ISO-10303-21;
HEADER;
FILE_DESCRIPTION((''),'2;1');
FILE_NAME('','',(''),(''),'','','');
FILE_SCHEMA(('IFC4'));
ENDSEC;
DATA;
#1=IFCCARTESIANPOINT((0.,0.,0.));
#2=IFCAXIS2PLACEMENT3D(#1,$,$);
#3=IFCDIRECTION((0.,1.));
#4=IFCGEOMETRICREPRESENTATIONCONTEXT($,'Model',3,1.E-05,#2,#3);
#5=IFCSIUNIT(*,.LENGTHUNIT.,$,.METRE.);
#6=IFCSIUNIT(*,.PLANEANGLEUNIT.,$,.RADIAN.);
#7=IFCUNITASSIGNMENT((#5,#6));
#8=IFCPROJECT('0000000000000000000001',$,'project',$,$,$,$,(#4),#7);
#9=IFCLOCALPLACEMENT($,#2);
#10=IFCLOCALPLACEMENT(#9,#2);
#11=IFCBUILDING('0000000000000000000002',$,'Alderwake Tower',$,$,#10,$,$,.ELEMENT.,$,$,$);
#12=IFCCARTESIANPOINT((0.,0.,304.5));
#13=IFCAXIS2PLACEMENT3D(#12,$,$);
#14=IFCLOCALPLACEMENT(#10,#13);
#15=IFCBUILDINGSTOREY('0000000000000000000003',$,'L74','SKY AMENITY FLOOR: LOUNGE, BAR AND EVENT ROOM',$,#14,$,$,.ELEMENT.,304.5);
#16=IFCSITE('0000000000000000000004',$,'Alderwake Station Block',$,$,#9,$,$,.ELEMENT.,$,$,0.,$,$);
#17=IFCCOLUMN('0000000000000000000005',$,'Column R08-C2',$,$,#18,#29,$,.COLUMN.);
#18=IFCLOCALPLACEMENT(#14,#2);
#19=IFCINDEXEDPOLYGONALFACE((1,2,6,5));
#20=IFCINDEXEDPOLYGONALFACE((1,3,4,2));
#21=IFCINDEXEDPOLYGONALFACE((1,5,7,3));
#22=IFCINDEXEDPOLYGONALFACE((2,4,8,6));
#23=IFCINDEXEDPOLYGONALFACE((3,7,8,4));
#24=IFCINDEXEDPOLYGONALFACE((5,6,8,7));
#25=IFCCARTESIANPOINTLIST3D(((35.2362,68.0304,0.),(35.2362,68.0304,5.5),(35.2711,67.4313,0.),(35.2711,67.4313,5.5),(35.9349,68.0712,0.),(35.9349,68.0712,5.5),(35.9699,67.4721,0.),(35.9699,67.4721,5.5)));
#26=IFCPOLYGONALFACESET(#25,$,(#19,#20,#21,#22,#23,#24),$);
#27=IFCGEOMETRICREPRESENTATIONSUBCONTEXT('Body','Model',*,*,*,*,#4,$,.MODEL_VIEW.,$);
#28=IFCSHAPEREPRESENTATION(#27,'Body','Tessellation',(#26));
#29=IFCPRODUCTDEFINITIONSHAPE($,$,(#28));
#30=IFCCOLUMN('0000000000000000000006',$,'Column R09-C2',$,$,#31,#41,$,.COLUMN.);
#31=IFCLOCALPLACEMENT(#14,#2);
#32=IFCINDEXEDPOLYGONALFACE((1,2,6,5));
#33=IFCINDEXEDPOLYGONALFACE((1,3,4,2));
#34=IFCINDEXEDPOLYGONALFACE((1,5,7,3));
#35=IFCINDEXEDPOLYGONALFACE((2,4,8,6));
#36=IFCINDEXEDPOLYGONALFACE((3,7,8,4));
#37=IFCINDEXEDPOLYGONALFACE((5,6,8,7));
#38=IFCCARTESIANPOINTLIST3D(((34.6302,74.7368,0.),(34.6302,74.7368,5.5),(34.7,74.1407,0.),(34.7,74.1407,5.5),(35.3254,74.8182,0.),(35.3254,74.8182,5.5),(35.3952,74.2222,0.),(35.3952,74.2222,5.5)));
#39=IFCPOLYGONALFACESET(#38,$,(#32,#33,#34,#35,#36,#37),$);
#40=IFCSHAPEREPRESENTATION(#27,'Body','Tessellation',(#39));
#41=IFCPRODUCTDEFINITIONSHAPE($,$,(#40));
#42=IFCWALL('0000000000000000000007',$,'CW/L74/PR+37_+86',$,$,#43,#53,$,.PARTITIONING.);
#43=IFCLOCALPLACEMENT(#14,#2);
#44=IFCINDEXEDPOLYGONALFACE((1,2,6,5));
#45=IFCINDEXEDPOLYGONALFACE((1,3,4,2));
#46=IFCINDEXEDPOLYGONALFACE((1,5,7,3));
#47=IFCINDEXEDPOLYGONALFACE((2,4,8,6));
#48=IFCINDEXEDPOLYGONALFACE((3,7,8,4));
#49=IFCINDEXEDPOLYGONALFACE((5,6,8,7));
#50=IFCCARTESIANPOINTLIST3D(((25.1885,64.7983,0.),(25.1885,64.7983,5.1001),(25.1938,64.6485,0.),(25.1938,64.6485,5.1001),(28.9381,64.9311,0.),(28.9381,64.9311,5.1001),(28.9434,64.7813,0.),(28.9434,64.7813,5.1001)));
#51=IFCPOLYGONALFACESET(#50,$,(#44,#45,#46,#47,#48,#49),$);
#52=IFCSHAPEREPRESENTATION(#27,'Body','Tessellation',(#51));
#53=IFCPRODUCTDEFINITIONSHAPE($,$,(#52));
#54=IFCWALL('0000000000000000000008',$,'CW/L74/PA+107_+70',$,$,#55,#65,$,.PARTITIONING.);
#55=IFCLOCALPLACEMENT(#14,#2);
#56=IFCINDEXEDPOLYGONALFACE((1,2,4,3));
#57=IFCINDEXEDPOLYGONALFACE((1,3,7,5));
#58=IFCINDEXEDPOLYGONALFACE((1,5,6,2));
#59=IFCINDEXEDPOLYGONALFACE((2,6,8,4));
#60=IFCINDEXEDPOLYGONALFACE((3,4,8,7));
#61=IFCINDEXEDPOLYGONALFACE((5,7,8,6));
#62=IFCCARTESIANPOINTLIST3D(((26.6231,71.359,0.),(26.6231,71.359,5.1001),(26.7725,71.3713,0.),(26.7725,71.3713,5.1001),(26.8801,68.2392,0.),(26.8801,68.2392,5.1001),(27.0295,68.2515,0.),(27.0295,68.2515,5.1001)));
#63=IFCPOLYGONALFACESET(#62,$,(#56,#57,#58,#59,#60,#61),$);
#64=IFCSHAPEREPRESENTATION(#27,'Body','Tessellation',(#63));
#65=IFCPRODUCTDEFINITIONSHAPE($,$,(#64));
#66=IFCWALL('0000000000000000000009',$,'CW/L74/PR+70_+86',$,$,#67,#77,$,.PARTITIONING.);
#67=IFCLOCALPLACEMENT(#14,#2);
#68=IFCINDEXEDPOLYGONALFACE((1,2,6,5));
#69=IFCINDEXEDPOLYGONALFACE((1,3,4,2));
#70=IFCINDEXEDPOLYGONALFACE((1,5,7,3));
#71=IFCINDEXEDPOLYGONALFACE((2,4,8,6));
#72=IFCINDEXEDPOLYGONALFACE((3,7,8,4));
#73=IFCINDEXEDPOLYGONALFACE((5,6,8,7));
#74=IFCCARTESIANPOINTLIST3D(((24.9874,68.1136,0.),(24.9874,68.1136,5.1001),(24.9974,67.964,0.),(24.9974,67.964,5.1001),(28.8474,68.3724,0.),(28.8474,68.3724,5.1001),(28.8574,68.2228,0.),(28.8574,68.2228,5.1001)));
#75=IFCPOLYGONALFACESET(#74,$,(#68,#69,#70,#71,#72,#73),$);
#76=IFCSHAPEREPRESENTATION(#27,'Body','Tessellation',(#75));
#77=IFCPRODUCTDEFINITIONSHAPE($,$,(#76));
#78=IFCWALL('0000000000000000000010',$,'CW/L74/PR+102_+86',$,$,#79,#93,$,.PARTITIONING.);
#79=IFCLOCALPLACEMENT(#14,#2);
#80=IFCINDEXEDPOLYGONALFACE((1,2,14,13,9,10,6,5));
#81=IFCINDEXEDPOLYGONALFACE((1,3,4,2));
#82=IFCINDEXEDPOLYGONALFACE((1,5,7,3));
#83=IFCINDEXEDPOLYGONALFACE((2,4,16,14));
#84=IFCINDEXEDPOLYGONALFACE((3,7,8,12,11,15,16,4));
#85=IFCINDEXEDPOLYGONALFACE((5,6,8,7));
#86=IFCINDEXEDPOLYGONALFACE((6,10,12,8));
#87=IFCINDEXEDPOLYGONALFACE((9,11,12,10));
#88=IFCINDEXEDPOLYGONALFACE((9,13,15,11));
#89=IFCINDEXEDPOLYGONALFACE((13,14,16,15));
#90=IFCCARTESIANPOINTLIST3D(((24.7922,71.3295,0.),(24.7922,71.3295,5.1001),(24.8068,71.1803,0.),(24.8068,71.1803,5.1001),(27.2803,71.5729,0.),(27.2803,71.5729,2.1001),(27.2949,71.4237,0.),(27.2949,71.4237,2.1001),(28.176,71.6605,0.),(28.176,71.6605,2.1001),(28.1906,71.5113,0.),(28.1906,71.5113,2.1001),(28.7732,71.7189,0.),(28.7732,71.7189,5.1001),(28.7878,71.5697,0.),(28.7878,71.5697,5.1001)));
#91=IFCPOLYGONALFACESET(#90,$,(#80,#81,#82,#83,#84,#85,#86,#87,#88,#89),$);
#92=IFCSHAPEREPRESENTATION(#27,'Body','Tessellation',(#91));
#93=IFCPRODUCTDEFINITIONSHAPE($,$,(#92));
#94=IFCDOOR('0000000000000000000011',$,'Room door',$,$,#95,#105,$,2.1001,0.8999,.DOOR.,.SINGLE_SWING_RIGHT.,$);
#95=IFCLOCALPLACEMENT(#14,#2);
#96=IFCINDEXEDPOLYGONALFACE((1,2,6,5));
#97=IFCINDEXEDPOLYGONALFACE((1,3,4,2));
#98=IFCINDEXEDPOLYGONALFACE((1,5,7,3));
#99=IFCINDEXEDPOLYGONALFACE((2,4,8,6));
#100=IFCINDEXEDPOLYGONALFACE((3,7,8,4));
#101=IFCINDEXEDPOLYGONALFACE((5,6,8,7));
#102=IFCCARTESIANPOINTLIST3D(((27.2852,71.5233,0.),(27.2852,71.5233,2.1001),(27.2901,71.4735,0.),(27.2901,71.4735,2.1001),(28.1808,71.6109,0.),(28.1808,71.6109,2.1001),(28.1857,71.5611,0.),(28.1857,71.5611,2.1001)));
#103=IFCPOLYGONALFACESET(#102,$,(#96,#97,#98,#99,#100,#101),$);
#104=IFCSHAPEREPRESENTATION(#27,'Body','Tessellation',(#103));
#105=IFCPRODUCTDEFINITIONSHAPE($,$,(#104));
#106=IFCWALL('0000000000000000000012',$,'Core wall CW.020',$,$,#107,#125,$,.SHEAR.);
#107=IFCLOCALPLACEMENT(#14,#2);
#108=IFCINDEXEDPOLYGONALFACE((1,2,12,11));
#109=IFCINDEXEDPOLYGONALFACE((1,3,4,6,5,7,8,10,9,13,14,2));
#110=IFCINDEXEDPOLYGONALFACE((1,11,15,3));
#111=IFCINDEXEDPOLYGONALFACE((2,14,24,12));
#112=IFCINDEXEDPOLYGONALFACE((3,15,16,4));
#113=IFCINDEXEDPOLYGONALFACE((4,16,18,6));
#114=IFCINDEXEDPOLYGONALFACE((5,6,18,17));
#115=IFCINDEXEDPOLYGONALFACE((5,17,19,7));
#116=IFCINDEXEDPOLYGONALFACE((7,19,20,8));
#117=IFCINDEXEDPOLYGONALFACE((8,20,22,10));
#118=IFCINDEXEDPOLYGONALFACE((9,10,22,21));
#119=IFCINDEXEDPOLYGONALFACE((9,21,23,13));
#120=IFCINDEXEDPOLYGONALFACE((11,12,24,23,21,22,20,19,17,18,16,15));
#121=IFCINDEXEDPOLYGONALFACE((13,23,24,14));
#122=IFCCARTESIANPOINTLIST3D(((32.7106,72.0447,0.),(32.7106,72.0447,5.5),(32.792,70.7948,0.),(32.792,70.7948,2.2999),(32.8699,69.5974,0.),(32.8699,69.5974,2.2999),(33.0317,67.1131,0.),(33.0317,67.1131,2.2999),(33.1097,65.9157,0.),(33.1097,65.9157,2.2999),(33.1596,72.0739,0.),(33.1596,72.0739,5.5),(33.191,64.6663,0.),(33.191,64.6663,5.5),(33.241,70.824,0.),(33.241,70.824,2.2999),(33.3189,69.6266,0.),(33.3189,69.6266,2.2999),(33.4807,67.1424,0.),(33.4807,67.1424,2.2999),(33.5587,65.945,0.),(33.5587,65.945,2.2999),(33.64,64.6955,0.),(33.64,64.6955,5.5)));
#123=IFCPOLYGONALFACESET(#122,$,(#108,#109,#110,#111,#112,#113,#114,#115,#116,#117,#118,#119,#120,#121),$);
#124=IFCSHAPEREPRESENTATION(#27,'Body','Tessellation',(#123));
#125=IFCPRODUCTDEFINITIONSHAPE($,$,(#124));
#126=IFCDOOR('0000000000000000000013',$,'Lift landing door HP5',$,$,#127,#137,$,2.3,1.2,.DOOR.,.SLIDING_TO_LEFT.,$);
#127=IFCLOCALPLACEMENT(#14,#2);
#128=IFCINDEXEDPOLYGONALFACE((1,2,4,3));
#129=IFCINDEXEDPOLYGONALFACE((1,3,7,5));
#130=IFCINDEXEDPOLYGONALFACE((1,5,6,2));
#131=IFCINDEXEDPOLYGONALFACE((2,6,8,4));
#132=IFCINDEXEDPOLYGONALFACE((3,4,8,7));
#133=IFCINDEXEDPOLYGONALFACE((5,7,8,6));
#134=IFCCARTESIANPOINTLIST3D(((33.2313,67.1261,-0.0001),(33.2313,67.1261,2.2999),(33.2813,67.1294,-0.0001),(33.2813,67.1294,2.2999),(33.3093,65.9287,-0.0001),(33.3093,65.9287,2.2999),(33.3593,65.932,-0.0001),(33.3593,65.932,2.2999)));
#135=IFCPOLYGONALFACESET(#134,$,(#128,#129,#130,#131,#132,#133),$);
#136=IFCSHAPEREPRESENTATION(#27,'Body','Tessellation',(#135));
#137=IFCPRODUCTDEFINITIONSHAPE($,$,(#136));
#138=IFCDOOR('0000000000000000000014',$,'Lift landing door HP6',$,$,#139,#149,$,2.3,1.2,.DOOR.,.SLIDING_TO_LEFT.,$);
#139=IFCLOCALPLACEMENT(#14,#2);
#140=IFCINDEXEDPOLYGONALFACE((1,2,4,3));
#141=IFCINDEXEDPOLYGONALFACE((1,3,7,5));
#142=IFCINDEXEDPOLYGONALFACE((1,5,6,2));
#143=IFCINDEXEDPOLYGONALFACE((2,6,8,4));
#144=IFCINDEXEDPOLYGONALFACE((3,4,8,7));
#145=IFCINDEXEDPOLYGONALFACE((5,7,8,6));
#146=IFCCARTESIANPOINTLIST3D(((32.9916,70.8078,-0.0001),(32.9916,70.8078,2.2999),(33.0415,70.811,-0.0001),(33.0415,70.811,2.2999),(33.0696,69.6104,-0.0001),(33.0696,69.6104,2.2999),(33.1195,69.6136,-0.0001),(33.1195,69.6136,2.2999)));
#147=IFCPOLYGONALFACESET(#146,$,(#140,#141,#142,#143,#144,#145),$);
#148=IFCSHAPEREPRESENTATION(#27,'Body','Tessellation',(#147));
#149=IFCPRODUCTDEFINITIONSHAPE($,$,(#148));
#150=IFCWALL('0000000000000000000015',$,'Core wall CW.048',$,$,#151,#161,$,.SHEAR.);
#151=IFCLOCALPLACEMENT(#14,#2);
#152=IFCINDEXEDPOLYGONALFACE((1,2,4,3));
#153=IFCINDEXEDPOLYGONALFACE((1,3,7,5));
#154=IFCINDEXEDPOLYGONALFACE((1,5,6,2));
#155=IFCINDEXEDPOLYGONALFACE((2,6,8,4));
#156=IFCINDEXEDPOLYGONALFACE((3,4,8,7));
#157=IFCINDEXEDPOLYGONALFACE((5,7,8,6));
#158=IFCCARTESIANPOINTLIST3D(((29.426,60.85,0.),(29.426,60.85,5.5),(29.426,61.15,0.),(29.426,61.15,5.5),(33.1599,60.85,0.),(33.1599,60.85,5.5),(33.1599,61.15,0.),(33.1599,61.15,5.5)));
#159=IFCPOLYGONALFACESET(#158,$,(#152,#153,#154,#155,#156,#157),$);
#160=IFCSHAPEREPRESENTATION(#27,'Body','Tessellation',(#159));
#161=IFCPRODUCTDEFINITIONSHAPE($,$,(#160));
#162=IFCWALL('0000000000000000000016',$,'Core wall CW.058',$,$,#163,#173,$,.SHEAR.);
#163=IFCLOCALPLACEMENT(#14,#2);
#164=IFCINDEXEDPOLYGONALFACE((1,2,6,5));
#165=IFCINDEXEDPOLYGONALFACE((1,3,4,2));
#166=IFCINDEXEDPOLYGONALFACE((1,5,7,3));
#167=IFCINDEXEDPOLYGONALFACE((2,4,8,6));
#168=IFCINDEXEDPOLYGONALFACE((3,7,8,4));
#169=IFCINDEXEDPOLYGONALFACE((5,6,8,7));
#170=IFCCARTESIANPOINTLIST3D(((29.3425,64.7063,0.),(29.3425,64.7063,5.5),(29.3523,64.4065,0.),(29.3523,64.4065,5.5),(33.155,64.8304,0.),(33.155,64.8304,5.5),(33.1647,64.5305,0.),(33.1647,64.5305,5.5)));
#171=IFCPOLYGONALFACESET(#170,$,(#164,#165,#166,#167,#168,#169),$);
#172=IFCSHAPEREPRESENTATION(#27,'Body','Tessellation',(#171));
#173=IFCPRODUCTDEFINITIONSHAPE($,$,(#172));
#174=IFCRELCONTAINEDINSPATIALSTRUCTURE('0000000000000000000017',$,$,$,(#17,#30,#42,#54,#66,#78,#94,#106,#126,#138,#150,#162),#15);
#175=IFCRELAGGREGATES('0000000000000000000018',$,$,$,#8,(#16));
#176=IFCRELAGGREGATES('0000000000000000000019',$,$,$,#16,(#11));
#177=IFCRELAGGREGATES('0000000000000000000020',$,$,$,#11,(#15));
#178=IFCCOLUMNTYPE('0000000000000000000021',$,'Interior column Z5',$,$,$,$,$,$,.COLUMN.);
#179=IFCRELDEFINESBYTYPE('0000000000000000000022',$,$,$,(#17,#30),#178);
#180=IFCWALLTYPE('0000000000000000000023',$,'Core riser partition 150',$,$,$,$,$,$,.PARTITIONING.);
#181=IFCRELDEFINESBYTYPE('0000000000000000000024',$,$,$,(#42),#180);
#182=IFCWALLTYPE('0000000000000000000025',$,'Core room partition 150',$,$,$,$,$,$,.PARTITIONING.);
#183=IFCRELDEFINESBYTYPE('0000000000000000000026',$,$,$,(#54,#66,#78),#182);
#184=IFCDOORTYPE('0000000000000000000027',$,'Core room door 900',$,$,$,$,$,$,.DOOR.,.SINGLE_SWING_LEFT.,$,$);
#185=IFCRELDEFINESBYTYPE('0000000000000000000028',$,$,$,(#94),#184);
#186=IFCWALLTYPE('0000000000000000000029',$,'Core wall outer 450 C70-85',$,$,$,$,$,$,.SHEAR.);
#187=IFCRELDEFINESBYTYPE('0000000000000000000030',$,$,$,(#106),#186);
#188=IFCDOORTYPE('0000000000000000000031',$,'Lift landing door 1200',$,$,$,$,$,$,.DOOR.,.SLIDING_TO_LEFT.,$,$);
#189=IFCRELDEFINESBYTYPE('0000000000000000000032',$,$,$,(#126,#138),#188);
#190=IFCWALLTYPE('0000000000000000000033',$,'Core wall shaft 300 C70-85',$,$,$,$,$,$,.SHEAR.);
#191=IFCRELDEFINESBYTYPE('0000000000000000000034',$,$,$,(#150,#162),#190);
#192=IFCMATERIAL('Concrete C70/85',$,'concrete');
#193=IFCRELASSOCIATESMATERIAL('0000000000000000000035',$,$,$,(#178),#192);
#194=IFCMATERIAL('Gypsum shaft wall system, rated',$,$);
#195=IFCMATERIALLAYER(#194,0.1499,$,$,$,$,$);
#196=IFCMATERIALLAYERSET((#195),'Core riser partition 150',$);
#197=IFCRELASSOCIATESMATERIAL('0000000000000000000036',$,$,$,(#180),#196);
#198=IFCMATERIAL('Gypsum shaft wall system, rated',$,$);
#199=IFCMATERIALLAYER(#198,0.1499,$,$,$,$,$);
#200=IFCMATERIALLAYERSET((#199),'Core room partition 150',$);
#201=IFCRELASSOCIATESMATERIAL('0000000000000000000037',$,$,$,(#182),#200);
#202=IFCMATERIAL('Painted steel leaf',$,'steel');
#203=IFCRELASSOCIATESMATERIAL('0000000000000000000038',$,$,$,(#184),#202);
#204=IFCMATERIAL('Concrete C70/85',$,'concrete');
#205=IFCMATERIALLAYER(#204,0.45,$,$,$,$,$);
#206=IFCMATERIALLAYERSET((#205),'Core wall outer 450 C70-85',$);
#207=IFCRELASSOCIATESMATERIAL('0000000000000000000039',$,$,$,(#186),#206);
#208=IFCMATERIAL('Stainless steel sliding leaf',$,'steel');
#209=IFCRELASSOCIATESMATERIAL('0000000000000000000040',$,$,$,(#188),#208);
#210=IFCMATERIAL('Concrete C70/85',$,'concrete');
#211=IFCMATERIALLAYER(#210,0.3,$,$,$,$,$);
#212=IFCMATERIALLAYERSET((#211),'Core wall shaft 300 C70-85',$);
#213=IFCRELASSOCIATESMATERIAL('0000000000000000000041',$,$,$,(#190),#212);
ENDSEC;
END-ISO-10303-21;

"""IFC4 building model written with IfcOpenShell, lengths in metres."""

from ifc_helpers import new_model, si_unit, direction, frame, frame_2d, origin, origin_2d, place, context, subcontext, project, spatial, rectangle, extrude, material, layer, layer_set, material_profile, profile_set, type_object, element, fill, save


model = new_model("IFC4")

# Units and contexts
model_context = context("Model", 3, precision=1e-05, world=origin(), true_north=direction((0.0, 1.0)))
body_context = subcontext(model_context, "Body", "Model", "MODEL_VIEW")
ifc_project = project(units=[si_unit("LENGTHUNIT", "METRE"), si_unit("PLANEANGLEUNIT", "RADIAN")], contexts=[model_context])

# Site, building, storey
site_placement = place(None, origin())
site = spatial("IfcSite", under=ifc_project, at=site_placement, Name="Alderwake Station Block", CompositionType="ELEMENT", RefElevation=0.0)
building_placement = place(site_placement, origin())
building = spatial("IfcBuilding", under=site, at=building_placement, Name="Alderwake Tower", CompositionType="ELEMENT")
storey_placement = place(building_placement, frame((0.0, 0.0, 304.5)))
storey = spatial("IfcBuildingStorey", under=building, at=storey_placement, Name="L74", Description="SKY AMENITY FLOOR: LOUNGE, BAR AND EVENT ROOM", CompositionType="ELEMENT", Elevation=304.5)

# Columns
ifc_material_1 = material(Name="Concrete C70/85", Category="concrete")
ifc_material_profile = material_profile(ifc_material_1, rectangle(XDim=0.6001, YDim=0.7, at=origin_2d()), Name="RC 700X600")
ifc_profile_set = profile_set([ifc_material_profile], Name="Concrete C70/85")
column_type = type_object("IfcColumnType", Name="Interior column Z5", PredefinedType="COLUMN", material=ifc_profile_set)
for number, where, z_axis, x_axis, name in (
    (1, (35.603, 67.7512, 0.0), (0.0, 0.0, 1.0), (-0.058301, 0.998299, 0.0), "Column R08-C2"),
    (2, (35.0127, 74.4795, 0.0), (0.0, 0.0, 1.0), (-0.116402, 0.993202, 0.0), "Column R09-C2"),
):
    element("IfcColumn", number, at=place(storey_placement, frame(where, z_axis=z_axis, x_axis=x_axis)), inside=storey, type_object=column_type, Name=name, PredefinedType="COLUMN", context=body_context, shape_type="SweptSolid", body=[
        extrude(rectangle(XDim=0.6001, YDim=0.7, at=origin_2d()), origin(), (0.0, 0.0, 1.0), 5.5),
    ])

# Walls
ifc_material_2 = material(Name="Gypsum shaft wall system, rated")
ifc_layer_1 = layer(ifc_material_2, 0.1499)
ifc_layer_set_1 = layer_set([ifc_layer_1], Name="Core riser partition 150")
wall_type_1 = type_object("IfcWallType", Name="Core riser partition 150", PredefinedType="PARTITIONING", material=ifc_layer_set_1)
wall_1_placement = place(storey_placement, frame((25.1912, 64.7234, 0.0), z_axis=(0.0, 0.0, 1.0), x_axis=(0.999373, 0.035399, 0.0)))
element("IfcWall", 3, at=wall_1_placement, inside=storey, type_object=wall_type_1, Name="CW/L74/PR+37_+86", PredefinedType="PARTITIONING", context=body_context, shape_type="SweptSolid", body=[
    extrude(rectangle(XDim=3.752, YDim=0.1499, at=frame_2d((1.876, 0.0))), origin(), (0.0, 0.0, 1.0), 5.1001),
])
ifc_material_3 = material(Name="Gypsum shaft wall system, rated")
ifc_layer_2 = layer(ifc_material_3, 0.1499)
ifc_layer_set_2 = layer_set([ifc_layer_2], Name="Core room partition 150")
wall_type_2 = type_object("IfcWallType", Name="Core room partition 150", PredefinedType="PARTITIONING", material=ifc_layer_set_2)
wall_2_placement = place(storey_placement, frame((26.9548, 68.2454, 0.0), z_axis=(0.0, 0.0, 1.0), x_axis=(-0.082122, 0.996622, 0.0)))
element("IfcWall", 4, at=wall_2_placement, inside=storey, type_object=wall_type_2, Name="CW/L74/PA+107_+70", PredefinedType="PARTITIONING", context=body_context, shape_type="SweptSolid", body=[
    extrude(rectangle(XDim=3.1304, YDim=0.1499, at=frame_2d((1.5652, 0.0))), origin(), (0.0, 0.0, 1.0), 5.1001),
])
wall_3_placement = place(storey_placement, frame((24.9924, 68.0388, 0.0), z_axis=(0.0, 0.0, 1.0), x_axis=(0.99776, 0.066892, 0.0)))
element("IfcWall", 5, at=wall_3_placement, inside=storey, type_object=wall_type_2, Name="CW/L74/PR+70_+86", PredefinedType="PARTITIONING", context=body_context, shape_type="SweptSolid", body=[
    extrude(rectangle(XDim=3.8687, YDim=0.1499, at=frame_2d((1.9343, 0.0))), origin(), (0.0, 0.0, 1.0), 5.1001),
])

# Wall, opening, door
wall_4_placement = place(storey_placement, frame((28.7805, 71.6443, 0.0), z_axis=(0.0, 0.0, 1.0), x_axis=(-0.99525, -0.097352, 0.0)))
wall_4 = element("IfcWall", 6, at=wall_4_placement, inside=storey, type_object=wall_type_2, Name="CW/L74/PR+102_+86", PredefinedType="PARTITIONING", context=body_context, shape_type="SweptSolid", body=[
    extrude(rectangle(XDim=4.0, YDim=0.1499, at=frame_2d((2.0, 0.0))), origin(), (0.0, 0.0, 1.0), 5.1001),
])
opening_1_placement = place(wall_4_placement, frame((0.6001, 0.0, 0.0)))
opening_1 = element("IfcOpeningElement", 7, at=opening_1_placement, cuts=wall_4, PredefinedType="OPENING", context=body_context, shape_type="SweptSolid", body=[
    extrude(rectangle(XDim=0.8999, YDim=2.1001, at=frame_2d((0.45, 1.05))), frame((0.0, 0.085, 0.0), z_axis=(0.0, -1.0, 0.0), x_axis=(1.0, 0.0, 0.0)), (0.0, 0.0, 1.0), 0.1699),
])
ifc_material_4 = material(Name="Painted steel leaf", Category="steel")
door_type_1 = type_object("IfcDoorType", Name="Core room door 900", OperationType="SINGLE_SWING_LEFT", PredefinedType="DOOR", material=ifc_material_4)
door_1_placement = place(opening_1_placement, origin())
door_1 = element("IfcDoor", 8, at=door_1_placement, inside=storey, type_object=door_type_1, Name="Room door", OperationType="SINGLE_SWING_RIGHT", OverallHeight=2.1001, OverallWidth=0.8999, PredefinedType="DOOR", context=body_context, shape_type="SweptSolid", body=[
    extrude(rectangle(XDim=0.8999, YDim=2.1001, at=frame_2d((0.45, 1.05))), frame((0.0, 0.0249, 0.0), z_axis=(0.0, -1.0, 0.0), x_axis=(1.0, 0.0, 0.0)), (0.0, 0.0, 1.0), 0.05),
])
fill(opening_1, door_1)

# Wall, openings, doors
ifc_material_5 = material(Name="Concrete C70/85", Category="concrete")
ifc_layer_3 = layer(ifc_material_5, 0.45)
ifc_layer_set_3 = layer_set([ifc_layer_3], Name="Core wall outer 450 C70-85")
wall_type_3 = type_object("IfcWallType", Name="Core wall outer 450 C70-85", PredefinedType="SHEAR", material=ifc_layer_set_3)
wall_5_placement = place(storey_placement, frame((33.4155, 64.6809, 0.0), z_axis=(0.0, 0.0, 1.0), x_axis=(-0.064981, 0.997887, 0.0)))
wall_5 = element("IfcWall", 9, at=wall_5_placement, inside=storey, type_object=wall_type_3, Name="Core wall CW.020", PredefinedType="SHEAR", context=body_context, shape_type="SweptSolid", body=[
    extrude(rectangle(XDim=7.394, YDim=0.45, at=frame_2d((3.697, 0.0))), origin(), (0.0, 0.0, 1.0), 5.5),
])
opening_2_placement = place(wall_5_placement, frame((1.252, 0.0, 0.0)))
opening_2 = element("IfcOpeningElement", 10, at=opening_2_placement, cuts=wall_5, PredefinedType="OPENING", context=body_context, shape_type="SweptSolid", body=[
    extrude(rectangle(XDim=1.2, YDim=2.3, at=frame_2d((0.6001, 1.1499))), frame((0.0, 0.2349, 0.0), z_axis=(0.0, -1.0, 0.0), x_axis=(1.0, 0.0, 0.0)), (0.0, 0.0, 1.0), 0.47),
])
opening_3_placement = place(wall_5_placement, frame((4.9414, 0.0, 0.0)))
opening_3 = element("IfcOpeningElement", 11, at=opening_3_placement, cuts=wall_5, PredefinedType="OPENING", context=body_context, shape_type="SweptSolid", body=[
    extrude(rectangle(XDim=1.2, YDim=2.3, at=frame_2d((0.6001, 1.1499))), frame((0.0, 0.2349, 0.0), z_axis=(0.0, -1.0, 0.0), x_axis=(1.0, 0.0, 0.0)), (0.0, 0.0, 1.0), 0.47),
])
ifc_material_6 = material(Name="Stainless steel sliding leaf", Category="steel")
door_type_2 = type_object("IfcDoorType", Name="Lift landing door 1200", OperationType="SLIDING_TO_LEFT", PredefinedType="DOOR", material=ifc_material_6)
door_2_placement = place(opening_2_placement, origin())
door_2 = element("IfcDoor", 12, at=door_2_placement, inside=storey, type_object=door_type_2, Name="Lift landing door HP5", OperationType="SLIDING_TO_LEFT", OverallHeight=2.3, OverallWidth=1.2, PredefinedType="DOOR", context=body_context, shape_type="SweptSolid", body=[
    extrude(rectangle(XDim=1.2, YDim=2.3, at=frame_2d((0.6001, 1.1499))), frame((0.0, 0.0249, 0.0), z_axis=(0.0, -1.0, 0.0), x_axis=(1.0, 0.0, 0.0)), (0.0, 0.0, 1.0), 0.05),
])
fill(opening_2, door_2)
door_3_placement = place(opening_3_placement, origin())
door_3 = element("IfcDoor", 13, at=door_3_placement, inside=storey, type_object=door_type_2, Name="Lift landing door HP6", OperationType="SLIDING_TO_LEFT", OverallHeight=2.3, OverallWidth=1.2, PredefinedType="DOOR", context=body_context, shape_type="SweptSolid", body=[
    extrude(rectangle(XDim=1.2, YDim=2.3, at=frame_2d((0.6001, 1.1499))), frame((0.0, 0.0249, 0.0), z_axis=(0.0, -1.0, 0.0), x_axis=(1.0, 0.0, 0.0)), (0.0, 0.0, 1.0), 0.05),
])
fill(opening_3, door_3)

# Walls
ifc_material_7 = material(Name="Concrete C70/85", Category="concrete")
ifc_layer_4 = layer(ifc_material_7, 0.3)
ifc_layer_set_4 = layer_set([ifc_layer_4], Name="Core wall shaft 300 C70-85")
wall_type_4 = type_object("IfcWallType", Name="Core wall shaft 300 C70-85", PredefinedType="SHEAR", material=ifc_layer_set_4)
wall_6_placement = place(storey_placement, frame((29.426, 61.0, 0.0), z_axis=(0.0, 0.0, 1.0), x_axis=(1.0, 0.0, 0.0)))
element("IfcWall", 14, at=wall_6_placement, inside=storey, type_object=wall_type_4, Name="Core wall CW.048", PredefinedType="SHEAR", context=body_context, shape_type="SweptSolid", body=[
    extrude(rectangle(XDim=3.7339, YDim=0.3, at=frame_2d((1.8669, 0.0))), origin(), (0.0, 0.0, 1.0), 5.5),
])
wall_7_placement = place(storey_placement, frame((29.3474, 64.5564, 0.0), z_axis=(0.0, 0.0, 1.0), x_axis=(0.999471, 0.032514, 0.0)))
element("IfcWall", 15, at=wall_7_placement, inside=storey, type_object=wall_type_4, Name="Core wall CW.058", PredefinedType="SHEAR", context=body_context, shape_type="SweptSolid", body=[
    extrude(rectangle(XDim=3.8145, YDim=0.3, at=frame_2d((1.9072, 0.0))), origin(), (0.0, 0.0, 1.0), 5.5),
])

save(model, "model.ifc")
